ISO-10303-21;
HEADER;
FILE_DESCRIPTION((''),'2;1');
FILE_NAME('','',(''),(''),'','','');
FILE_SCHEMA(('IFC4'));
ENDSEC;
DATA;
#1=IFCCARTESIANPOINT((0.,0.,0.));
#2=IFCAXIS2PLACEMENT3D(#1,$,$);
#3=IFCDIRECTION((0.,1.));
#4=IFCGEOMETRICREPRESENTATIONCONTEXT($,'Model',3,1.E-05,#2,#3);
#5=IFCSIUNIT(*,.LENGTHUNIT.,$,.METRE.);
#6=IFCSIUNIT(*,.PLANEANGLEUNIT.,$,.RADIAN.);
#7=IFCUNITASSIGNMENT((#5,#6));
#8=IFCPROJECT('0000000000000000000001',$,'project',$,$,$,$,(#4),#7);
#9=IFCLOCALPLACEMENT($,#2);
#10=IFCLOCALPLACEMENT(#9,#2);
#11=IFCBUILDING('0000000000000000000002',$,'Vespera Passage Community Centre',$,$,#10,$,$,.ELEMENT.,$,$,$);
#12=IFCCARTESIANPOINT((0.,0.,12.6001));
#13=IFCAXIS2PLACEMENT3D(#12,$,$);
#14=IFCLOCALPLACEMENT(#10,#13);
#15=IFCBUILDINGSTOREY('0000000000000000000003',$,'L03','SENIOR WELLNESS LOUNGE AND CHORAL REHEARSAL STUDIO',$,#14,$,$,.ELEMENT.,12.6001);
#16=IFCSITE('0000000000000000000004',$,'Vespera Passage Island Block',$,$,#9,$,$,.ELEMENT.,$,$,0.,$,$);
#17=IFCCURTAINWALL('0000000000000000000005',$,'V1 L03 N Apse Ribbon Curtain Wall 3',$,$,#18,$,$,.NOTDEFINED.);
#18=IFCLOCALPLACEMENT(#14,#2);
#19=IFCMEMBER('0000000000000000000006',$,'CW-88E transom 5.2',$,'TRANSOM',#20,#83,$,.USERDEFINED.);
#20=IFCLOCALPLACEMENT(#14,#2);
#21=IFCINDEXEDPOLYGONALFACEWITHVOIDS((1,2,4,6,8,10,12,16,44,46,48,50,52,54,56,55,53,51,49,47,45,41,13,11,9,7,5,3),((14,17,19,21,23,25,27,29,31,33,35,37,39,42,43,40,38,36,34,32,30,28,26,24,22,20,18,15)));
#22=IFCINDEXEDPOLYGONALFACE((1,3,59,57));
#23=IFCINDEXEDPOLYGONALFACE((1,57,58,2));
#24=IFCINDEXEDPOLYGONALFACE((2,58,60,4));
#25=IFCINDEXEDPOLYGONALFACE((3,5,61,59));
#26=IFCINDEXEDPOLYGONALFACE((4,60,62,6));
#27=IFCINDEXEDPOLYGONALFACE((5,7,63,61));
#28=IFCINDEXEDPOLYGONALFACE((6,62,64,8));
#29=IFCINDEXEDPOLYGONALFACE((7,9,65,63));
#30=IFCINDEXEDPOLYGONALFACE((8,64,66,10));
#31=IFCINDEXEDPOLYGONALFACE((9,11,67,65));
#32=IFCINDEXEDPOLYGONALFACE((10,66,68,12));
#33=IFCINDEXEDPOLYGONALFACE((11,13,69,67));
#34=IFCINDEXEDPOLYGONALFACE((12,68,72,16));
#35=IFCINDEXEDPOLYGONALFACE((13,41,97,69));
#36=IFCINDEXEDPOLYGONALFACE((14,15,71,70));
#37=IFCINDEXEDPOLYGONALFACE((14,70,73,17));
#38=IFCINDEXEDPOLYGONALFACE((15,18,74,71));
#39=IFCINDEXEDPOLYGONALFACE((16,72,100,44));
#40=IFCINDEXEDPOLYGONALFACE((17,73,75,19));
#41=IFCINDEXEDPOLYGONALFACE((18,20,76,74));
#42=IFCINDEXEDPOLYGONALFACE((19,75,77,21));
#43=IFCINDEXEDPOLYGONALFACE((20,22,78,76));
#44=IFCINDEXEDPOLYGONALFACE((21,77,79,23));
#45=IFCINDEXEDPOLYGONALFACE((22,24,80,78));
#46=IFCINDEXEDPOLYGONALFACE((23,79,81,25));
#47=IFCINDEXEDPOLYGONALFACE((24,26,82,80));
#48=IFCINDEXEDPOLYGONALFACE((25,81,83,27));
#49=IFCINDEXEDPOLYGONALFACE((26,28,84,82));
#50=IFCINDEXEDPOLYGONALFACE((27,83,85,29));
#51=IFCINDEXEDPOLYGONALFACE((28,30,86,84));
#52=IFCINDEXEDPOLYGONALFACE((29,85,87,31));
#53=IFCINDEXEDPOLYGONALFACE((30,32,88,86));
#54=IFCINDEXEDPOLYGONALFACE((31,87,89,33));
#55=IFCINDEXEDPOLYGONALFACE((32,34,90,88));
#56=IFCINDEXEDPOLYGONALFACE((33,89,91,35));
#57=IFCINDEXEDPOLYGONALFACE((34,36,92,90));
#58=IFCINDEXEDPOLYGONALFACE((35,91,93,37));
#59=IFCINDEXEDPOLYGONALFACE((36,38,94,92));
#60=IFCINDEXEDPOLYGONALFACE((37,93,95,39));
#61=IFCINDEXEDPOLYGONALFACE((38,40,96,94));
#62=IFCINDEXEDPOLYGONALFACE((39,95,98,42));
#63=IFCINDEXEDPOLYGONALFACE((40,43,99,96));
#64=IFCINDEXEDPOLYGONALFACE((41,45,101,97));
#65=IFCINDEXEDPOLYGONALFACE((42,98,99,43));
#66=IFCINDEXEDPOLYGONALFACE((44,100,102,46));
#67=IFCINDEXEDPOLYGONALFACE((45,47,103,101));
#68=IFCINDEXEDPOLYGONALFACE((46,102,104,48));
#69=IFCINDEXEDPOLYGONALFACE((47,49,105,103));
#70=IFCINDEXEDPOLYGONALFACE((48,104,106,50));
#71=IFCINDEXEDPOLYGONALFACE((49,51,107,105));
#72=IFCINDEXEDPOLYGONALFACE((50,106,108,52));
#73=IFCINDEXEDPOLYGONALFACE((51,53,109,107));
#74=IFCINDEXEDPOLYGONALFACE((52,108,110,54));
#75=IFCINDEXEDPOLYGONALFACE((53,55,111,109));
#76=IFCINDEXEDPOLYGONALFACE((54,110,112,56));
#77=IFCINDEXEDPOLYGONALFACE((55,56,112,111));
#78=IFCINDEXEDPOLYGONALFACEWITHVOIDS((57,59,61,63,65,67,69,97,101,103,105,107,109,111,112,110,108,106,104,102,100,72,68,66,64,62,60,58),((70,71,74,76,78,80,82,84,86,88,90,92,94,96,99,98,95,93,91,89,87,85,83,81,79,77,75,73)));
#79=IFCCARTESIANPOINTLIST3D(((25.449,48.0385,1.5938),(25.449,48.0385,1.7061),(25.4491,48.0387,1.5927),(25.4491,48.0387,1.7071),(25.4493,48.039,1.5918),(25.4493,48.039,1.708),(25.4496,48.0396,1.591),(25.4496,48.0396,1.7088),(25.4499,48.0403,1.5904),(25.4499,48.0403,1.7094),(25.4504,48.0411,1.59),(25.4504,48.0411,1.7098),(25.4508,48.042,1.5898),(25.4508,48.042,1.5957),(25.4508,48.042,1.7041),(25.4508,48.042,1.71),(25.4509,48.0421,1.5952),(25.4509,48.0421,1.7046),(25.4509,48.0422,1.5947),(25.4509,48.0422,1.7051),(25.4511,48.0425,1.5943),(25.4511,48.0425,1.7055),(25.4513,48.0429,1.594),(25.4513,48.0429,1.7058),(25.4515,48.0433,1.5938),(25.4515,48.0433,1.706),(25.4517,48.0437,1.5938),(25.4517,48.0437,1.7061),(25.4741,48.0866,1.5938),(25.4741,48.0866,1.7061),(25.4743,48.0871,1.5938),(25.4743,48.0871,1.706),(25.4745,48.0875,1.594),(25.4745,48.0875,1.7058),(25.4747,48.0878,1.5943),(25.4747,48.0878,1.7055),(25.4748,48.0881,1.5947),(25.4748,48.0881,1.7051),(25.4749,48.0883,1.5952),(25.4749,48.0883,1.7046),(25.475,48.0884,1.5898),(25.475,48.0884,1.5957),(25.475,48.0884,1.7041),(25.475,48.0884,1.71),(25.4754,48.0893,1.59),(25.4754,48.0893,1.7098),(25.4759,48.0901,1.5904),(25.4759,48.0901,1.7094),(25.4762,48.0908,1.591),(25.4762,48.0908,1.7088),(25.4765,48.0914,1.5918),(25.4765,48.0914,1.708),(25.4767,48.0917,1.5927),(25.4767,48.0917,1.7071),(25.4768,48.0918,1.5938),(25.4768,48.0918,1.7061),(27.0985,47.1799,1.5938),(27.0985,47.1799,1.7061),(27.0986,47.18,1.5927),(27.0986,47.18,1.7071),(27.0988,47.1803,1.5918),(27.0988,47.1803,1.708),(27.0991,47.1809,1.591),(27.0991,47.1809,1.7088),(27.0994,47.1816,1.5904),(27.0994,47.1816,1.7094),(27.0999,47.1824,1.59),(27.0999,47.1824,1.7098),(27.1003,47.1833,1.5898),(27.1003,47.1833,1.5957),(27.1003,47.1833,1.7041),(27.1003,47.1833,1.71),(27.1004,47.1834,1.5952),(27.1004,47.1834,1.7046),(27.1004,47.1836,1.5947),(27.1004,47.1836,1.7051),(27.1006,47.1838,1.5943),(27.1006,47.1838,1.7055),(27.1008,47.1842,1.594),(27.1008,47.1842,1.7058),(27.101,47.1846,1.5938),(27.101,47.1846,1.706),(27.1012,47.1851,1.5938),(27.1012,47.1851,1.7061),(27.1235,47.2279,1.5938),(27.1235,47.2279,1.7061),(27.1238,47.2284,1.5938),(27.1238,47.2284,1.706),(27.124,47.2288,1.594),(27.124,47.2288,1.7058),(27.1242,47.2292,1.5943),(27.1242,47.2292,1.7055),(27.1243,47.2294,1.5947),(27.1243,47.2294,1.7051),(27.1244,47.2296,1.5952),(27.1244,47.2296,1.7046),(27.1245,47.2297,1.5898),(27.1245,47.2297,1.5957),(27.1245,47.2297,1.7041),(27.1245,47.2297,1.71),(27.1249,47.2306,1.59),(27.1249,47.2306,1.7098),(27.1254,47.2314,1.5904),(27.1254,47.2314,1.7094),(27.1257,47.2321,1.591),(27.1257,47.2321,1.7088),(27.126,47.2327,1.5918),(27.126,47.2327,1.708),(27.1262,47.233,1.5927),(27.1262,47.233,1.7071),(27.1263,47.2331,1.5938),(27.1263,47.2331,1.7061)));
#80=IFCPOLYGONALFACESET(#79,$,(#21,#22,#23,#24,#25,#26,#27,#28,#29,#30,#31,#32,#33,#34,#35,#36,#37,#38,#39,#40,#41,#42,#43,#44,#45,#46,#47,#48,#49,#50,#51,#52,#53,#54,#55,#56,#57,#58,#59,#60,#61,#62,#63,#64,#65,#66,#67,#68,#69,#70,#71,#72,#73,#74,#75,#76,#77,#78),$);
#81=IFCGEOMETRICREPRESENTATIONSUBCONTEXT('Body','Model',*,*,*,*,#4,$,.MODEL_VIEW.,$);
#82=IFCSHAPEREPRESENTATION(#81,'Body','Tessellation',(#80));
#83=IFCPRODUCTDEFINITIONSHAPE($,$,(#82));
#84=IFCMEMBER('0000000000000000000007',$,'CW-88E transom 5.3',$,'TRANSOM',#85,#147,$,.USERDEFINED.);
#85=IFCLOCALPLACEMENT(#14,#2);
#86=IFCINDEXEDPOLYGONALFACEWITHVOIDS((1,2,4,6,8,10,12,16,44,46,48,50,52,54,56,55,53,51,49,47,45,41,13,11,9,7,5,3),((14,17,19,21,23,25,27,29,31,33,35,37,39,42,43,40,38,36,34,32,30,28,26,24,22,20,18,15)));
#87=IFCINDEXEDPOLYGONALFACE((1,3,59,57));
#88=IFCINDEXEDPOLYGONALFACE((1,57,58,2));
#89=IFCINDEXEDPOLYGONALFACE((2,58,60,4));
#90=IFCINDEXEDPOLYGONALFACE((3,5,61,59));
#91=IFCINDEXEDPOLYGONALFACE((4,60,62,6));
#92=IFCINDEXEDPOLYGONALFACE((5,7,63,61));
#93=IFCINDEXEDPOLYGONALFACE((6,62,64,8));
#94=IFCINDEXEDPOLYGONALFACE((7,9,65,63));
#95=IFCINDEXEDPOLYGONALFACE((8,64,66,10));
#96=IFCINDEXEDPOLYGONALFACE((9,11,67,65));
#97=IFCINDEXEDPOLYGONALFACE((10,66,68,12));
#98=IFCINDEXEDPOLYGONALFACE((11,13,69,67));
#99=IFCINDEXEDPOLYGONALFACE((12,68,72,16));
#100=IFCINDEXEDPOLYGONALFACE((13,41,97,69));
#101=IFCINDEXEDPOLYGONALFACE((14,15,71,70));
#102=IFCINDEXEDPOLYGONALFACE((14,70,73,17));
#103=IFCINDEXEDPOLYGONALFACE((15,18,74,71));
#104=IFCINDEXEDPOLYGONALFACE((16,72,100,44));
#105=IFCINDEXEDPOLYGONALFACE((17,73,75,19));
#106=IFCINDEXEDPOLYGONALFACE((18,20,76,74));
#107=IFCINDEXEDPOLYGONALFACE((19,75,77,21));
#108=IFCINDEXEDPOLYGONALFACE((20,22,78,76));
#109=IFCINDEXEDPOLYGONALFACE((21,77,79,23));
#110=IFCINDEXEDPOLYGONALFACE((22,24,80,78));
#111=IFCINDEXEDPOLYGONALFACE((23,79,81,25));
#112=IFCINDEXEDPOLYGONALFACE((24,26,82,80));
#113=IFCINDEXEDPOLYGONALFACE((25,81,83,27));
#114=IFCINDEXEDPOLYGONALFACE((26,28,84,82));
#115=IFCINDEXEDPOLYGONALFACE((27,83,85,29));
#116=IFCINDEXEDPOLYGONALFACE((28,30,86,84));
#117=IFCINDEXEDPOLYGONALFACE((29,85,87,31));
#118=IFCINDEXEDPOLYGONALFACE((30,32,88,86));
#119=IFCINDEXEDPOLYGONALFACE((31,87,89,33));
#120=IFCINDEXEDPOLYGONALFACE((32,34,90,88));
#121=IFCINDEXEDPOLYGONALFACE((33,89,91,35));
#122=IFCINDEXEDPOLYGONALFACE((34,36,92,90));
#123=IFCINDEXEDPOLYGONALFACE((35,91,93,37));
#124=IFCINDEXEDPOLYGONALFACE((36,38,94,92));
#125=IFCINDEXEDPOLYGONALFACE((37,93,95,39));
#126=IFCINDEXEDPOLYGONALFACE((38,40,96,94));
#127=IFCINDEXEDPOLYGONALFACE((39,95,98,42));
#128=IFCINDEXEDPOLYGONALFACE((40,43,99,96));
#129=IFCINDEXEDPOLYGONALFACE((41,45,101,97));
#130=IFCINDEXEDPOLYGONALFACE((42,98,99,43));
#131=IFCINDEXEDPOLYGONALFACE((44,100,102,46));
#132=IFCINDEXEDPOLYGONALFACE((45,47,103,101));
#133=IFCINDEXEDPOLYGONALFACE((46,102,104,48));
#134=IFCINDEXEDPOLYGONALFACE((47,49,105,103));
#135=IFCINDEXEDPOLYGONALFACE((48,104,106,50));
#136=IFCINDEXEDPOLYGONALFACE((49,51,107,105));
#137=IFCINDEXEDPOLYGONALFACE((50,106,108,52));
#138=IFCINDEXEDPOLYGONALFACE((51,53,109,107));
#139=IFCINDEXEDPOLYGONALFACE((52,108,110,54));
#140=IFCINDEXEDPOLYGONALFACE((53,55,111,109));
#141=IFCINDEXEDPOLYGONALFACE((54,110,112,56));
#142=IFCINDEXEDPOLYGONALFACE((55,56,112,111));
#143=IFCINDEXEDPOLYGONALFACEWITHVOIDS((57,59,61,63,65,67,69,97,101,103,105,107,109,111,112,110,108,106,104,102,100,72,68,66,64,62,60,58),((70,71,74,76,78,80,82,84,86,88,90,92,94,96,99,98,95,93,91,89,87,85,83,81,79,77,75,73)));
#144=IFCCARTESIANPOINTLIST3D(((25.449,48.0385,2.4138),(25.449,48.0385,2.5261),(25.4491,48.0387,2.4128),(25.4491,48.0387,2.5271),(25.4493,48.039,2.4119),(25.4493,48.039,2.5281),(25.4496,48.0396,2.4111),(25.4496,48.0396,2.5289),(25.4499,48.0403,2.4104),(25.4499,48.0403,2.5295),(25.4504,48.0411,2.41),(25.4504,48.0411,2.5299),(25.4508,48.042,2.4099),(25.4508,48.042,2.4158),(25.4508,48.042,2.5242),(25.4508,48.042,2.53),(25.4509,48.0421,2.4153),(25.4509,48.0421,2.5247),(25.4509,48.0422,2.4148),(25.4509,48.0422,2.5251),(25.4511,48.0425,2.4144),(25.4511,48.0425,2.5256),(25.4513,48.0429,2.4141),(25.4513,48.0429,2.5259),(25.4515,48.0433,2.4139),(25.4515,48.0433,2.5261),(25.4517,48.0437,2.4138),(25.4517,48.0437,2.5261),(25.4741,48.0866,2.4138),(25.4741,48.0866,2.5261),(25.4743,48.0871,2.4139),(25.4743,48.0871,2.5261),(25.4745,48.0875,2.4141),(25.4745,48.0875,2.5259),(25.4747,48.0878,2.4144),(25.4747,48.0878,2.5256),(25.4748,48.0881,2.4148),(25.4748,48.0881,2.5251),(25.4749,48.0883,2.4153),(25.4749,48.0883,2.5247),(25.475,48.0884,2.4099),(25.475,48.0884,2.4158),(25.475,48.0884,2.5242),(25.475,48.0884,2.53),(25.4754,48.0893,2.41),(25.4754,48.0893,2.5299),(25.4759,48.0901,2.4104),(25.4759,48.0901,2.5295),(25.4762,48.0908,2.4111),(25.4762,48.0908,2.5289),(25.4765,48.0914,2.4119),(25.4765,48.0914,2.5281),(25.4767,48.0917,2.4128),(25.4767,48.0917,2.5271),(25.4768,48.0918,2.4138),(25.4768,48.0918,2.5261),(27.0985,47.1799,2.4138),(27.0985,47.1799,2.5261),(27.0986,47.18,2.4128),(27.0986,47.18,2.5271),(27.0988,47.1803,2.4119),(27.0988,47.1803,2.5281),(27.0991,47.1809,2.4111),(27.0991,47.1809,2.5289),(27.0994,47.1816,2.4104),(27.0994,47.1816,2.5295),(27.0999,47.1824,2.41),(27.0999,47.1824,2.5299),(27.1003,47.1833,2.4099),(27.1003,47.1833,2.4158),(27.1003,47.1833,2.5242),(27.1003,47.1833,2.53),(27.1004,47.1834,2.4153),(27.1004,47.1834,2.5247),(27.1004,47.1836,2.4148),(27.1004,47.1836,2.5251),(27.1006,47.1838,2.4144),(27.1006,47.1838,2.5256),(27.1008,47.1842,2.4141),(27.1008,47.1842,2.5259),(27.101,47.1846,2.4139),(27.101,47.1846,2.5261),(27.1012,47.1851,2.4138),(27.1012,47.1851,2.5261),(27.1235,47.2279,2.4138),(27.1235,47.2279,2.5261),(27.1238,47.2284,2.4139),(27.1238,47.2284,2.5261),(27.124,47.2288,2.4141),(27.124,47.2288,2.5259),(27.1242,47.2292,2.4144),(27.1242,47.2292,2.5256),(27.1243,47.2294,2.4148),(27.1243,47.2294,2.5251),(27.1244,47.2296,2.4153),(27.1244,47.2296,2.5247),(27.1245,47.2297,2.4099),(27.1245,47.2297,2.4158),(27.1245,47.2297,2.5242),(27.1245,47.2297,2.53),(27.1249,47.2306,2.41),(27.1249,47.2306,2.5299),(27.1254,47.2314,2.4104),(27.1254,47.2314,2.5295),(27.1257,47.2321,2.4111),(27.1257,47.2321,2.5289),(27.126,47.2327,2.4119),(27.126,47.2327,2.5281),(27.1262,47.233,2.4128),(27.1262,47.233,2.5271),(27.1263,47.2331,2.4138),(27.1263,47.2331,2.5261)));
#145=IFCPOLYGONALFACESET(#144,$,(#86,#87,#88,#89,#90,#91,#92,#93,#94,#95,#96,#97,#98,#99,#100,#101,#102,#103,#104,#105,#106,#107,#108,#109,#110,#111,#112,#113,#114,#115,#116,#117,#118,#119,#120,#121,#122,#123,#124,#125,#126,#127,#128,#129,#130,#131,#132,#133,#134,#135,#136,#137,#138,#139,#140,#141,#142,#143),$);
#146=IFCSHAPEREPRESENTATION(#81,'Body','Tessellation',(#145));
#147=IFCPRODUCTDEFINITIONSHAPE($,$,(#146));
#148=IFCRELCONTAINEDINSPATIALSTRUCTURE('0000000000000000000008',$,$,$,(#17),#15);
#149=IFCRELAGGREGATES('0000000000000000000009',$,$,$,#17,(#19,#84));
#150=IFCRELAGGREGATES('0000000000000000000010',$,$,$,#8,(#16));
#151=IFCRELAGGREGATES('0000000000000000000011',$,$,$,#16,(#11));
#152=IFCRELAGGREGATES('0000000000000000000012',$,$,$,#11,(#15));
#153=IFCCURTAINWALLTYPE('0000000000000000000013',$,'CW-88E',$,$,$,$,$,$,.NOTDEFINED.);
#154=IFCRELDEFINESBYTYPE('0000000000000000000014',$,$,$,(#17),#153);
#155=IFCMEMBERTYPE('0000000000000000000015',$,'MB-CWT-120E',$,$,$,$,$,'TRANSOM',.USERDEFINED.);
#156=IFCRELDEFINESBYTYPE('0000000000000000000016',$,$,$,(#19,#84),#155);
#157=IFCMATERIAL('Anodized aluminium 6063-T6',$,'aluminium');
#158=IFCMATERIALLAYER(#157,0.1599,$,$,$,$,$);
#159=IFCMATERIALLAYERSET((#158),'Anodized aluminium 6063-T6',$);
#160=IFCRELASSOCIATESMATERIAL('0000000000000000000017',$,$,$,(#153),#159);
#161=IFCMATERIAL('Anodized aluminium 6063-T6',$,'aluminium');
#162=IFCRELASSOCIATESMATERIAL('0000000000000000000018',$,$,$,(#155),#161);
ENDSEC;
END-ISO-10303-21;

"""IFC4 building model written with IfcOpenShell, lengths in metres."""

from ifc_helpers import new_model, si_unit, direction, frame, origin, origin_2d, place, context, subcontext, project, spatial, hollow_rectangle, extrude, material, layer, layer_set, material_profile, profile_set, type_object, element, aggregate, save


model = new_model("IFC4")

# Units and contexts
model_context = context("Model", 3, precision=1e-05, world=origin(), true_north=direction((0.0, 1.0)))
body_context = subcontext(model_context, "Body", "Model", "MODEL_VIEW")
ifc_project = project(units=[si_unit("LENGTHUNIT", "METRE"), si_unit("PLANEANGLEUNIT", "RADIAN")], contexts=[model_context])

# Site, building, storey
site_placement = place(None, origin())
site = spatial("IfcSite", under=ifc_project, at=site_placement, Name="Vespera Passage Island Block", CompositionType="ELEMENT", RefElevation=0.0)
building_placement = place(site_placement, origin())
building = spatial("IfcBuilding", under=site, at=building_placement, Name="Vespera Passage Community Centre", CompositionType="ELEMENT")
storey_placement = place(building_placement, frame((0.0, 0.0, 12.6001)))
storey = spatial("IfcBuildingStorey", under=building, at=storey_placement, Name="L03", Description="SENIOR WELLNESS LOUNGE AND CHORAL REHEARSAL STUDIO", CompositionType="ELEMENT", Elevation=12.6001)

# Curtain wall, members
ifc_material_1 = material(Name="Anodized aluminium 6063-T6", Category="aluminium")
ifc_layer_1 = layer(ifc_material_1, 0.1599)
ifc_layer_set_1 = layer_set([ifc_layer_1], Name="Anodized aluminium 6063-T6")
curtain_wall_type = type_object("IfcCurtainWallType", Name="CW-88E", PredefinedType="NOTDEFINED", material=ifc_layer_set_1)
curtain_wall_placement = place(storey_placement, origin())
curtain_wall = element("IfcCurtainWall", 1, at=curtain_wall_placement, inside=storey, type_object=curtain_wall_type, Name="V1 L03 N Apse Ribbon Curtain Wall 3", PredefinedType="NOTDEFINED")
ifc_material_2 = material(Name="Anodized aluminium 6063-T6", Category="aluminium")
ifc_material_profile_1 = material_profile(ifc_material_2, hollow_rectangle(XDim=0.0601, YDim=0.1201, WallThickness=0.0039, InnerFilletRadius=0.002, OuterFilletRadius=0.0039, at=origin_2d()), Name="ALU120X60X4")
ifc_profile_set_1 = profile_set([ifc_material_profile_1], Name="Anodized aluminium 6063-T6")
member_type_1 = type_object("IfcMemberType", Name="MB-CWT-120E", ElementType="TRANSOM", PredefinedType="USERDEFINED", material=ifc_profile_set_1)
member_1_placement = place(storey_placement, frame((25.4629, 48.0652, 1.6499), z_axis=(0.887008, -0.461754, 0.0), x_axis=(0.461754, 0.887008, 0.0)))
member_1 = element("IfcMember", 2, at=member_1_placement, type_object=member_type_1, Name="CW-88E transom 5.2", ObjectType="TRANSOM", PredefinedType="USERDEFINED", context=body_context, shape_type="SweptSolid", body=[
    extrude(hollow_rectangle(XDim=0.0601, YDim=0.1201, WallThickness=0.0039, InnerFilletRadius=0.002, OuterFilletRadius=0.0039, at=origin_2d()), origin(), (0.0, 0.0, 1.0), 1.8596),
])
member_2_placement = place(storey_placement, frame((25.4629, 48.0652, 2.47), z_axis=(0.887008, -0.461754, 0.0), x_axis=(0.461754, 0.887008, 0.0)))
member_2 = element("IfcMember", 3, at=member_2_placement, type_object=member_type_1, Name="CW-88E transom 5.3", ObjectType="TRANSOM", PredefinedType="USERDEFINED", context=body_context, shape_type="SweptSolid", body=[
    extrude(hollow_rectangle(XDim=0.0601, YDim=0.1201, WallThickness=0.0039, InnerFilletRadius=0.002, OuterFilletRadius=0.0039, at=origin_2d()), origin(), (0.0, 0.0, 1.0), 1.8596),
])
aggregate(curtain_wall, [member_1, member_2])

save(model, "model.ifc")
